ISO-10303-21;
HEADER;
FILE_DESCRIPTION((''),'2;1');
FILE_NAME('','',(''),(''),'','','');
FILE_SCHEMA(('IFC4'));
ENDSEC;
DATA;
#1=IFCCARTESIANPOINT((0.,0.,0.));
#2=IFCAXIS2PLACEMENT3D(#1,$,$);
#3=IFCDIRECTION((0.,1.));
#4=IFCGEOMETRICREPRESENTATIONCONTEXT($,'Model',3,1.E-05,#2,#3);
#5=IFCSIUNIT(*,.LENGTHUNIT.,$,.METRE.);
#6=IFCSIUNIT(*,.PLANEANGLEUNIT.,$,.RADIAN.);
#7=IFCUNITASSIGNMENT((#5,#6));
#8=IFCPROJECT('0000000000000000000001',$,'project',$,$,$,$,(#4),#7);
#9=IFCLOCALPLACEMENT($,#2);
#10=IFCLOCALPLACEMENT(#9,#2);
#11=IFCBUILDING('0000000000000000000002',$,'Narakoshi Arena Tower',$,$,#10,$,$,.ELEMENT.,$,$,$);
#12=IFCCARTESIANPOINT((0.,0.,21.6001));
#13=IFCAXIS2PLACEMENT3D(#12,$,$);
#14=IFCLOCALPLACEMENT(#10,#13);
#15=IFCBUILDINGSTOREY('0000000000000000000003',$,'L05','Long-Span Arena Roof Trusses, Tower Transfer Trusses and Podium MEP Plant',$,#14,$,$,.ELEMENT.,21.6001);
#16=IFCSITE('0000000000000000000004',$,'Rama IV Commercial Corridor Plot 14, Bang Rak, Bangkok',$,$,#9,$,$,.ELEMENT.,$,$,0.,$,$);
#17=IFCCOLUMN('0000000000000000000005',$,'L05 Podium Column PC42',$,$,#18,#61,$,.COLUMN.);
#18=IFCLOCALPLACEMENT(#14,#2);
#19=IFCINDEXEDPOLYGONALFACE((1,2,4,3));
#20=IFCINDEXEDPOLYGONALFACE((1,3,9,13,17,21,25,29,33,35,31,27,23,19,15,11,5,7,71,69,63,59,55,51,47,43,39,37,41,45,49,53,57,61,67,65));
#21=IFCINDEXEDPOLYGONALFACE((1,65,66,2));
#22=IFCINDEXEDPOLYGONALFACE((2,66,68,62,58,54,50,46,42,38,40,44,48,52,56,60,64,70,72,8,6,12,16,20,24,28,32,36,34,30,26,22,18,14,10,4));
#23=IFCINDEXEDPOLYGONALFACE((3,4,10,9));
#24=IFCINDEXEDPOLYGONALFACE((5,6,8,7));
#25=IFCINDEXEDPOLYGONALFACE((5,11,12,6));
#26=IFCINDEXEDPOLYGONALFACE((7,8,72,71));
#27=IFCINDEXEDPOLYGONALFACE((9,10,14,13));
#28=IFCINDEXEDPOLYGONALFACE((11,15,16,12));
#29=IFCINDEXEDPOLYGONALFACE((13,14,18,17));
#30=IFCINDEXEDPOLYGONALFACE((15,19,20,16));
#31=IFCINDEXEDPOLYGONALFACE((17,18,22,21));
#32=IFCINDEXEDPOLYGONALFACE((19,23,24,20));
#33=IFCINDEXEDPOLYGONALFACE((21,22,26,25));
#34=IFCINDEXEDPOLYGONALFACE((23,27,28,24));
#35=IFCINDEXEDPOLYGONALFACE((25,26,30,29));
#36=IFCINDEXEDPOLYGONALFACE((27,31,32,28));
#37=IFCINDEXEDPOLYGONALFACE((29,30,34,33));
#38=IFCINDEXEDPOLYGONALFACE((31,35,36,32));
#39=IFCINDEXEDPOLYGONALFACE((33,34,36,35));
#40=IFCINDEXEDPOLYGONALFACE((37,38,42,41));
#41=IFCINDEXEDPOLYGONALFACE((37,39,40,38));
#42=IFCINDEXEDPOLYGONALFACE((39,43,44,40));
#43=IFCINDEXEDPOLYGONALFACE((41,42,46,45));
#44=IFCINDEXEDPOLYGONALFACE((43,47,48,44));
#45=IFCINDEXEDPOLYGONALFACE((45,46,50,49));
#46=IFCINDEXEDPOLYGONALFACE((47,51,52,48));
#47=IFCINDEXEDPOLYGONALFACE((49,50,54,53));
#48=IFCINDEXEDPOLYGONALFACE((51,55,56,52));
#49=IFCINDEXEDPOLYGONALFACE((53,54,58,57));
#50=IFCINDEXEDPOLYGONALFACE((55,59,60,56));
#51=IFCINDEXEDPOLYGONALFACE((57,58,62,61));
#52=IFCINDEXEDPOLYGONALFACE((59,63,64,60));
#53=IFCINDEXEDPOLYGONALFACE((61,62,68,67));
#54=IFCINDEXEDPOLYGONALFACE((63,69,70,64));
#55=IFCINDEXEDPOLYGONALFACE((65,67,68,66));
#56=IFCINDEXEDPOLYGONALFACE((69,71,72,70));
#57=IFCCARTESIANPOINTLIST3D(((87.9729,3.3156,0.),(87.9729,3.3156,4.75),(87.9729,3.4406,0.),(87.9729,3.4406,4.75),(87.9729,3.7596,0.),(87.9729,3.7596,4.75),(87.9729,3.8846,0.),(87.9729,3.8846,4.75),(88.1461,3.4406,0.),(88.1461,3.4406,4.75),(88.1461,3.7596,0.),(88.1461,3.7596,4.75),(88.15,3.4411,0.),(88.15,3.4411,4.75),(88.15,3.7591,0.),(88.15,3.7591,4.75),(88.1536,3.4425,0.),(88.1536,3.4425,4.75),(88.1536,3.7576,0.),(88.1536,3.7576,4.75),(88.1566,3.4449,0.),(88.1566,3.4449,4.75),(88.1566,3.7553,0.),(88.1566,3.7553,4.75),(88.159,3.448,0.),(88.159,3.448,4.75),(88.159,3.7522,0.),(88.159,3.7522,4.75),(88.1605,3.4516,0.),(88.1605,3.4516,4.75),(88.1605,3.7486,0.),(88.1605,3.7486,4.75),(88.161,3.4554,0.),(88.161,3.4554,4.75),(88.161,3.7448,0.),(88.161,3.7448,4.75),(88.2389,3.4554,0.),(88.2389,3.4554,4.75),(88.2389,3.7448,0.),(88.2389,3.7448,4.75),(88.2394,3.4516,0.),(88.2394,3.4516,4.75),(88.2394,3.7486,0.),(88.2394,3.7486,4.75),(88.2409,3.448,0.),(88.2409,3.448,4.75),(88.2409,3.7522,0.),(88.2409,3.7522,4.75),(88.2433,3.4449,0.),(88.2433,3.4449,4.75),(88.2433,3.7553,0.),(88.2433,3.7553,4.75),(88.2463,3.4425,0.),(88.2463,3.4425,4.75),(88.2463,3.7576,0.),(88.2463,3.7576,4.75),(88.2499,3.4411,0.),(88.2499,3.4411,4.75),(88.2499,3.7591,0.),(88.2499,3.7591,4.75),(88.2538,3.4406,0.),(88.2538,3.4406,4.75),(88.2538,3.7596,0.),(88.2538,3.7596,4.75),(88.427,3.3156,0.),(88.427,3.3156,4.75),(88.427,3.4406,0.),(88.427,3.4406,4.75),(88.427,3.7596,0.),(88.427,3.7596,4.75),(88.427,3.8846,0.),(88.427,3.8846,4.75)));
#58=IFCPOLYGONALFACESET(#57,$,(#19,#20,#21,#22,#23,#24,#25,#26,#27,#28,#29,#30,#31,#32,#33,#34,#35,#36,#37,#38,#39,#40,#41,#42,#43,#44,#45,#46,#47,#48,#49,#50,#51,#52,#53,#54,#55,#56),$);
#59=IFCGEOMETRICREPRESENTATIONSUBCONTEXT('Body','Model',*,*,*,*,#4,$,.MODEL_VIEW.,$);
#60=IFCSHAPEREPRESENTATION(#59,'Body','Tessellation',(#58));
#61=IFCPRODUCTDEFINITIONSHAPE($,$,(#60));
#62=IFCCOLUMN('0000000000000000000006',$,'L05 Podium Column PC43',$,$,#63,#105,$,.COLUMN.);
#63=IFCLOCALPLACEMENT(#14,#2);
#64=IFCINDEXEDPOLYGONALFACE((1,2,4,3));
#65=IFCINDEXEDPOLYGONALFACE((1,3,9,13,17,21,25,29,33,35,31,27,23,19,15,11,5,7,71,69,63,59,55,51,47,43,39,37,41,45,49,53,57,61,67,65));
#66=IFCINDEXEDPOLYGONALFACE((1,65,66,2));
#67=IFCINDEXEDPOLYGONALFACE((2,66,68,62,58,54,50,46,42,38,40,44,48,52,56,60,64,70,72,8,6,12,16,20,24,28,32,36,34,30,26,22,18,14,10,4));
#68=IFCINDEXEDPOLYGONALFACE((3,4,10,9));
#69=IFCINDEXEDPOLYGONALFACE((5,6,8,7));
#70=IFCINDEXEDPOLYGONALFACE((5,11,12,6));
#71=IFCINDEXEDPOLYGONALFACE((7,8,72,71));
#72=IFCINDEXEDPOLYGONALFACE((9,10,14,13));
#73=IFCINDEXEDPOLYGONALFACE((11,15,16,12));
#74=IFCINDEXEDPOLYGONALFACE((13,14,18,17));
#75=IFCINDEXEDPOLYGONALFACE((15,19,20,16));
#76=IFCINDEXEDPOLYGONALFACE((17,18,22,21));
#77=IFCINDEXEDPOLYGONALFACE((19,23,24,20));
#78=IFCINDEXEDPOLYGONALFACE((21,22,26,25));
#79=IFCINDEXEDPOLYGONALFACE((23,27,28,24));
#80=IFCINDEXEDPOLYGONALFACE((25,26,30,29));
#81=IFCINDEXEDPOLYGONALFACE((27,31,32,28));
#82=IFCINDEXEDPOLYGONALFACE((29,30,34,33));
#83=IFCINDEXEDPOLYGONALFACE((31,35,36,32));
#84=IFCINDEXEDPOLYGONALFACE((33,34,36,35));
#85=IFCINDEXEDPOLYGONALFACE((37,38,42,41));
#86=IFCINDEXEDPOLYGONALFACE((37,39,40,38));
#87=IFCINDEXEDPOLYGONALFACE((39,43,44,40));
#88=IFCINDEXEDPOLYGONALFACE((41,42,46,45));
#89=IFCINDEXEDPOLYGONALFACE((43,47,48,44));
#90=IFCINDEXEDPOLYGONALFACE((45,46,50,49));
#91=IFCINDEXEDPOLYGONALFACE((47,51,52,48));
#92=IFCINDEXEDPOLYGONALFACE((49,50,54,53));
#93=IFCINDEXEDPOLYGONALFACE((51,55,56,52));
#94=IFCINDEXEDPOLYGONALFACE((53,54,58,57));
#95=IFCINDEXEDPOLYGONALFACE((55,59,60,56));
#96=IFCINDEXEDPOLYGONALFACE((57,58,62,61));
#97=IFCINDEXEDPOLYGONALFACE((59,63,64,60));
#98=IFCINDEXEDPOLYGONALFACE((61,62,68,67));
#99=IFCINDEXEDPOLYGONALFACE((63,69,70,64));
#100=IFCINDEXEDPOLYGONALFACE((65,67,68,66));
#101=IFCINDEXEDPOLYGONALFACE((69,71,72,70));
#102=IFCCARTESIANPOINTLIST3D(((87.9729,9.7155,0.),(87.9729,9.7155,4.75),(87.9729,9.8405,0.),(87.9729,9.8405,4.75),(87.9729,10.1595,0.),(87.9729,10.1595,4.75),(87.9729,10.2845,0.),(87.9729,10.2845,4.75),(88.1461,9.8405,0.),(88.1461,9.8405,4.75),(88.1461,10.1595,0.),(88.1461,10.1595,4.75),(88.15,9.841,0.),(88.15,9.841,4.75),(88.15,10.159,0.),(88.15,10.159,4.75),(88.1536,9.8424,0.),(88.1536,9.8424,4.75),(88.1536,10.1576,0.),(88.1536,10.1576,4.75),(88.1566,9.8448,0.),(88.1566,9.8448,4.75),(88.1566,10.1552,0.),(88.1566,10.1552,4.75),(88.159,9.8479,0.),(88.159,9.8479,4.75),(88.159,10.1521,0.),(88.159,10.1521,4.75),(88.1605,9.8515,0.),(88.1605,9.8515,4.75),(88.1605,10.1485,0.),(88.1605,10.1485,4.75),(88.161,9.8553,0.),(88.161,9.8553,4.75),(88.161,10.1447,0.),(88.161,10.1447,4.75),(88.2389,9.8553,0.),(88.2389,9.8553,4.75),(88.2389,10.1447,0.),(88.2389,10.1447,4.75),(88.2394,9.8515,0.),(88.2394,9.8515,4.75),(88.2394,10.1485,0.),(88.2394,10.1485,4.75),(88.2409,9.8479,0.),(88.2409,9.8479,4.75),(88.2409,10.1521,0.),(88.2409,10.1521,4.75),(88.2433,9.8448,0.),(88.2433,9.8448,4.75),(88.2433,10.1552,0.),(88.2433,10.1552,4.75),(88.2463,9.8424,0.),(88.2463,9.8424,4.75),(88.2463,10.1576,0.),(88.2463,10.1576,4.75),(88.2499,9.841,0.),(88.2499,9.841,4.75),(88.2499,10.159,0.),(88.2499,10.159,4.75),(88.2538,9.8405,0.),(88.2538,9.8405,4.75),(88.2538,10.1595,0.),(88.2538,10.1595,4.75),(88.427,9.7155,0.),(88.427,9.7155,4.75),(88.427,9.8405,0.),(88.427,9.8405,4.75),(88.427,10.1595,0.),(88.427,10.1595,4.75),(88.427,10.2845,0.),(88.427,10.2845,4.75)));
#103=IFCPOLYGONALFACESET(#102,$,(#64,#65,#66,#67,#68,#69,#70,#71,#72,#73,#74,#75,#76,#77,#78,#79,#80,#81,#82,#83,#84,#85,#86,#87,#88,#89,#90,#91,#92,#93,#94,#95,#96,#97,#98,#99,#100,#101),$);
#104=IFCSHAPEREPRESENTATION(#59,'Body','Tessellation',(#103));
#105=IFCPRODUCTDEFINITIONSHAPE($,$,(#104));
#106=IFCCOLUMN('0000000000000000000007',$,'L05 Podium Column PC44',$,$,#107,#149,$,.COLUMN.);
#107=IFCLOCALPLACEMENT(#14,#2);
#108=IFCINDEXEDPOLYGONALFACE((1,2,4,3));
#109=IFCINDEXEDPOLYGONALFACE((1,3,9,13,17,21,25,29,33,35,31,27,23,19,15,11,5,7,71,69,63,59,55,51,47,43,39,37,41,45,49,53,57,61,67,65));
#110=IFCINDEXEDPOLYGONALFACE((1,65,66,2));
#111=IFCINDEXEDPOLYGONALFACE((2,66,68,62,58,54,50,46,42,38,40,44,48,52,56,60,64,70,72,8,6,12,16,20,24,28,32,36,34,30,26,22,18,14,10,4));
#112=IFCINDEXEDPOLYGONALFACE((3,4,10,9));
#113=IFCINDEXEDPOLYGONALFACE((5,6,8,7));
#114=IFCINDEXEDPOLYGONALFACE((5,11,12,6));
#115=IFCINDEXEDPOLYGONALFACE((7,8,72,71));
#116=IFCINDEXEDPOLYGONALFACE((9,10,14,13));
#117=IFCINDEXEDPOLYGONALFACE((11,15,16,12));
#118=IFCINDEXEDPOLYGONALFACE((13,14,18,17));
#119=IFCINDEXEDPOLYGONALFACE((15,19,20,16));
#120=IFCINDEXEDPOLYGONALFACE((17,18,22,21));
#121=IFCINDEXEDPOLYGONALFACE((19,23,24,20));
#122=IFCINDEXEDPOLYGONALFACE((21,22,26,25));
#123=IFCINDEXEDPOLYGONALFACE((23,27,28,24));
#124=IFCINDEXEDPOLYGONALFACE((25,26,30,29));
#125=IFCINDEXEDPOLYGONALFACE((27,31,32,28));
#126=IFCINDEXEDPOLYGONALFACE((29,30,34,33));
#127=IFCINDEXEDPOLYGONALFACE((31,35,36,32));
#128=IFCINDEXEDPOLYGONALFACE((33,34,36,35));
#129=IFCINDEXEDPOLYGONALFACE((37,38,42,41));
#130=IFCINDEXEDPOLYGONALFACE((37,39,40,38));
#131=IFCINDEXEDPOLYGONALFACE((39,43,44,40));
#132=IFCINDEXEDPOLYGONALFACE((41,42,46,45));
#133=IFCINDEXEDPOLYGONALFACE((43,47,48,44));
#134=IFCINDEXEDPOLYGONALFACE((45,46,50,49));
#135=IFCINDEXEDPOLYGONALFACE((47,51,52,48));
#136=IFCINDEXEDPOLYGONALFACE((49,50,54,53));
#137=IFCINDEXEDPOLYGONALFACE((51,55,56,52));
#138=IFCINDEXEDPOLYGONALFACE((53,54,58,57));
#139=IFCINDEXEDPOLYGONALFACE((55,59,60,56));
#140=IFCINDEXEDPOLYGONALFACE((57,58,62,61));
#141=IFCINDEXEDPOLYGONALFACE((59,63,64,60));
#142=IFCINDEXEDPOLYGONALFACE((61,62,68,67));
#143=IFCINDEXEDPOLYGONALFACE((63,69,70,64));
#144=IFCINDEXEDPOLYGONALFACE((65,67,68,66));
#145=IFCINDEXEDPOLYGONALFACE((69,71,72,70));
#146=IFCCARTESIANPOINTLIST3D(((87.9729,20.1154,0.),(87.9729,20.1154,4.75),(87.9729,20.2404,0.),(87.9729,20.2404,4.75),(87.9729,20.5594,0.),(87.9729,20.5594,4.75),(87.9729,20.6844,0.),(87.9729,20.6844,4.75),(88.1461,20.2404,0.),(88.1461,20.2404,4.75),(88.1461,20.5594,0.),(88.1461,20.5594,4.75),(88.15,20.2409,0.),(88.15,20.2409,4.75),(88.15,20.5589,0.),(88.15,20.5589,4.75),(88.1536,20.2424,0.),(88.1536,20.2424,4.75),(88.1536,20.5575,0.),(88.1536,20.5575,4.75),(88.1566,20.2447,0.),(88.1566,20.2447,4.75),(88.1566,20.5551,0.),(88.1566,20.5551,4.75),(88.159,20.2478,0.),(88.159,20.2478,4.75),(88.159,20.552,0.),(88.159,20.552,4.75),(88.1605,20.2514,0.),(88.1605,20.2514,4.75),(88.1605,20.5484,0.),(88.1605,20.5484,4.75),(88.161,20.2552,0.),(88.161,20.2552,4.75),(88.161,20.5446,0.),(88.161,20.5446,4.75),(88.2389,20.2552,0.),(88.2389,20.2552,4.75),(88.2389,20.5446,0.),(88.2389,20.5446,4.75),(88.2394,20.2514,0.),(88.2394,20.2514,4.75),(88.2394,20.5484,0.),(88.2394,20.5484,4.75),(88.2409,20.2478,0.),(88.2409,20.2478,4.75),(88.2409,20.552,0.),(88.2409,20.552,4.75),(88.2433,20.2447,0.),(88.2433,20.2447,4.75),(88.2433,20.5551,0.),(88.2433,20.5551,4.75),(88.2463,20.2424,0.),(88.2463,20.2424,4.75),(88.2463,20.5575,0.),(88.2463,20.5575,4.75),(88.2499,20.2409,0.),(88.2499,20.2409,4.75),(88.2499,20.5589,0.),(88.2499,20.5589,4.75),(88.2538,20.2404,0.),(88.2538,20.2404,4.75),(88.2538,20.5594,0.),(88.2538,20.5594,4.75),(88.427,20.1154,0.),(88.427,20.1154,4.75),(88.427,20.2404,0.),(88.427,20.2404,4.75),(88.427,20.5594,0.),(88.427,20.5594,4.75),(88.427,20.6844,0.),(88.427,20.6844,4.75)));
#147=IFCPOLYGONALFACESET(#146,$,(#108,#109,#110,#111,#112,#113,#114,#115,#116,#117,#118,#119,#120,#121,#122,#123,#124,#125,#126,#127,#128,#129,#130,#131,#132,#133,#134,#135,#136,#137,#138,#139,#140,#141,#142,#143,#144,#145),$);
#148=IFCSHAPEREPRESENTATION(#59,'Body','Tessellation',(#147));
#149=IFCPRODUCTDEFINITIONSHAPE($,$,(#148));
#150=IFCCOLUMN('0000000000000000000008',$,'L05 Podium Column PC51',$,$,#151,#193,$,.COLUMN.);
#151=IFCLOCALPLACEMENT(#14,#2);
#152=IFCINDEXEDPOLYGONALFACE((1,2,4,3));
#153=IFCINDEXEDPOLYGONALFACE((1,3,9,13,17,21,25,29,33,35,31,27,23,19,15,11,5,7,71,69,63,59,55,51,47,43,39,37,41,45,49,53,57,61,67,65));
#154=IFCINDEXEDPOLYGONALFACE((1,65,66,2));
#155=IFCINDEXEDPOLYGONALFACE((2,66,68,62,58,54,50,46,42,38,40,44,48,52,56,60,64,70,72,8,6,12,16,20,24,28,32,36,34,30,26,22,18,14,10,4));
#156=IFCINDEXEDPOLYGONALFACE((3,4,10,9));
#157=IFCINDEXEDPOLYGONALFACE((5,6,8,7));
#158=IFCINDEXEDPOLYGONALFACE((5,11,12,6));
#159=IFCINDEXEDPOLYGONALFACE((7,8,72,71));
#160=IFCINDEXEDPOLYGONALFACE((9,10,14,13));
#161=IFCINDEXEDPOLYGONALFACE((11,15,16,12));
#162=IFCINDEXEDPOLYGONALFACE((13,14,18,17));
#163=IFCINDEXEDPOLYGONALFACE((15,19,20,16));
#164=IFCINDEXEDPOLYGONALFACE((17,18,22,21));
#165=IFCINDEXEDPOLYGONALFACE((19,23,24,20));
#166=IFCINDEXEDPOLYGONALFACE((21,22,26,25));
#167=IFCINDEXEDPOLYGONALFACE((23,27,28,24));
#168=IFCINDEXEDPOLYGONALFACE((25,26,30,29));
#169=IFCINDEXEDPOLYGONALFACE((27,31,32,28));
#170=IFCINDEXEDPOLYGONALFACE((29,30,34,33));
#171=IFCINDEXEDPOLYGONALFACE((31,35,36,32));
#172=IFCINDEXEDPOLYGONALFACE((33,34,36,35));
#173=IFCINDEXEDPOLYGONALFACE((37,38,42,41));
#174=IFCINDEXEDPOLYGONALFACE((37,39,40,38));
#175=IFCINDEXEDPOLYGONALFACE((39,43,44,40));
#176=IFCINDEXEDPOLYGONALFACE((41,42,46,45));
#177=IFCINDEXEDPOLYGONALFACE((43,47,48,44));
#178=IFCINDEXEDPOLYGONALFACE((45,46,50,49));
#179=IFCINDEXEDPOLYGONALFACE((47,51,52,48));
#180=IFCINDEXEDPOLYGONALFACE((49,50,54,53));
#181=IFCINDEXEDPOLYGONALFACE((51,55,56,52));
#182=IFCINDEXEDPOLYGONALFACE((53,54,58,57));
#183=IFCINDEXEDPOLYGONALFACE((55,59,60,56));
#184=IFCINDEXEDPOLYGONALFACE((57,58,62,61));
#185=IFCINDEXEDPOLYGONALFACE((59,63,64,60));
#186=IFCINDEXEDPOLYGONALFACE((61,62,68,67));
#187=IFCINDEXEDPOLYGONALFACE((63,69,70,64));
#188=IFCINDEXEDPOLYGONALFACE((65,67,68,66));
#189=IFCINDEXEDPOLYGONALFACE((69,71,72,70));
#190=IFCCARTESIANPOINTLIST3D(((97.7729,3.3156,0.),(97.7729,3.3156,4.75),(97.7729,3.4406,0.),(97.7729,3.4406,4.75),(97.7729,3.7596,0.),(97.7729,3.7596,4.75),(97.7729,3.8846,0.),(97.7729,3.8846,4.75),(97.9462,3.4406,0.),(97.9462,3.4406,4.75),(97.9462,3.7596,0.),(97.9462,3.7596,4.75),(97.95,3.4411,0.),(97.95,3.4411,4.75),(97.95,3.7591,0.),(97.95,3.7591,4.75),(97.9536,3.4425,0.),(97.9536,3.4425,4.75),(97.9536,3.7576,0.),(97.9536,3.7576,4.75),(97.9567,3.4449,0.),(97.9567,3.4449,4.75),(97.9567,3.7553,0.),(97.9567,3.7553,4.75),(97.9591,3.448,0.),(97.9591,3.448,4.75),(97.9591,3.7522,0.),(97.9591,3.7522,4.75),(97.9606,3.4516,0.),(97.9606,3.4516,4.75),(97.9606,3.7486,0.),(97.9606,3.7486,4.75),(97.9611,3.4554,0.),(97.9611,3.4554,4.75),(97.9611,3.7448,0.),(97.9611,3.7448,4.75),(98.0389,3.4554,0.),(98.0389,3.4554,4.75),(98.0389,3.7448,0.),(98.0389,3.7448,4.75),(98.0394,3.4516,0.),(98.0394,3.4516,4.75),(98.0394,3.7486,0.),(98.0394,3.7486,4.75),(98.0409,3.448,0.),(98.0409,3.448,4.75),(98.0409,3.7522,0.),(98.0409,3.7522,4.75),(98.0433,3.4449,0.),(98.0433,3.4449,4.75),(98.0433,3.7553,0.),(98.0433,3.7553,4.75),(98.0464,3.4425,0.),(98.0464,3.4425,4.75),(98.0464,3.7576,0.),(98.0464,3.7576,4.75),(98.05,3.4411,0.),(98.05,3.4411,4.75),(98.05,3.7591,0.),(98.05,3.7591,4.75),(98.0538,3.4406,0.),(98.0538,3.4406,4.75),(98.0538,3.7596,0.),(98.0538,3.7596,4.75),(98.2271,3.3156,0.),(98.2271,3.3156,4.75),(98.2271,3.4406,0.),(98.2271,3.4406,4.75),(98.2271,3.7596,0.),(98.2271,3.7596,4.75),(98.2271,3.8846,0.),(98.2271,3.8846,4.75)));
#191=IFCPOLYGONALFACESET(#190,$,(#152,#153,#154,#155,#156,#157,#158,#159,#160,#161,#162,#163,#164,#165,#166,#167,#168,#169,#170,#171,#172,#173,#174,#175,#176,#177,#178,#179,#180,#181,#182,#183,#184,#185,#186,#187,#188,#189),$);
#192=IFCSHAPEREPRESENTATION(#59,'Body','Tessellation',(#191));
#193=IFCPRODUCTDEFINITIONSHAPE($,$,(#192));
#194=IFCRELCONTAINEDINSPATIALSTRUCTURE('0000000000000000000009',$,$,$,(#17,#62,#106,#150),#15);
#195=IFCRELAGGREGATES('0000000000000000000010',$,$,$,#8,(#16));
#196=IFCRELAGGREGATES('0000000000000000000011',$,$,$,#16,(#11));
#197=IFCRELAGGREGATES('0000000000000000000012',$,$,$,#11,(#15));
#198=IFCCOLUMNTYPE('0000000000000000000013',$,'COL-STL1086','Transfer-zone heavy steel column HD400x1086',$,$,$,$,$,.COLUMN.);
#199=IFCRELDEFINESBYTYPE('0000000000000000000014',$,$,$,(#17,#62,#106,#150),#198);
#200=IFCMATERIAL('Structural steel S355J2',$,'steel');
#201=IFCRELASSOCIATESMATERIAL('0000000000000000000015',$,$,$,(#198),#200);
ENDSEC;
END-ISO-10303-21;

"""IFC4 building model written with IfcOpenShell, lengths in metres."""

from ifc_helpers import new_model, si_unit, direction, frame, origin, origin_2d, place, context, subcontext, project, spatial, i_section, extrude, material, material_profile, profile_set, type_object, element, save


model = new_model("IFC4")

# Units and contexts
model_context = context("Model", 3, precision=1e-05, world=origin(), true_north=direction((0.0, 1.0)))
body_context = subcontext(model_context, "Body", "Model", "MODEL_VIEW")
ifc_project = project(units=[si_unit("LENGTHUNIT", "METRE"), si_unit("PLANEANGLEUNIT", "RADIAN")], contexts=[model_context])

# Site, building, storey
site_placement = place(None, origin())
site = spatial("IfcSite", under=ifc_project, at=site_placement, Name="Rama IV Commercial Corridor Plot 14, Bang Rak, Bangkok", CompositionType="ELEMENT", RefElevation=0.0)
building_placement = place(site_placement, origin())
building = spatial("IfcBuilding", under=site, at=building_placement, Name="Narakoshi Arena Tower", CompositionType="ELEMENT")
storey_placement = place(building_placement, frame((0.0, 0.0, 21.6001)))
storey = spatial("IfcBuildingStorey", under=building, at=storey_placement, Name="L05", Description="Long-Span Arena Roof Trusses, Tower Transfer Trusses and Podium MEP Plant", CompositionType="ELEMENT", Elevation=21.6001)

# Columns
ifc_material_1 = material(Name="Structural steel S355J2", Category="steel")
ifc_material_profile_1 = material_profile(ifc_material_1, i_section(OverallWidth=0.4541, OverallDepth=0.5691, WebThickness=0.0779, FlangeThickness=0.125, FilletRadius=0.0149, at=origin_2d()), Name="HD400x1086")
ifc_profile_set_1 = profile_set([ifc_material_profile_1], Name="Structural steel S355J2")
column_type = type_object("IfcColumnType", Name="COL-STL1086", Description="Transfer-zone heavy steel column HD400x1086", PredefinedType="COLUMN", material=ifc_profile_set_1)
for number, where, z_axis, x_axis, name in (
    (1, (88.2, 3.6001, 0.0), (0.0, 0.0, 1.0), (1.0, 0.0, 0.0), "L05 Podium Column PC42"),
    (2, (88.2, 10.0, 0.0), (0.0, 0.0, 1.0), (1.0, 0.0, 0.0), "L05 Podium Column PC43"),
    (3, (88.2, 20.3999, 0.0), (0.0, 0.0, 1.0), (1.0, 0.0, 0.0), "L05 Podium Column PC44"),
    (4, (98.0, 3.6001, 0.0), (0.0, 0.0, 1.0), (1.0, 0.0, 0.0), "L05 Podium Column PC51"),
):
    element("IfcColumn", number, at=place(storey_placement, frame(where, z_axis=z_axis, x_axis=x_axis)), inside=storey, type_object=column_type, Name=name, PredefinedType="COLUMN", context=body_context, shape_type="SweptSolid", body=[
        extrude(i_section(OverallWidth=0.4541, OverallDepth=0.5691, WebThickness=0.0779, FlangeThickness=0.125, FilletRadius=0.0149, at=origin_2d()), origin(), (0.0, 0.0, 1.0), 4.75),
    ])

save(model, "model.ifc")
